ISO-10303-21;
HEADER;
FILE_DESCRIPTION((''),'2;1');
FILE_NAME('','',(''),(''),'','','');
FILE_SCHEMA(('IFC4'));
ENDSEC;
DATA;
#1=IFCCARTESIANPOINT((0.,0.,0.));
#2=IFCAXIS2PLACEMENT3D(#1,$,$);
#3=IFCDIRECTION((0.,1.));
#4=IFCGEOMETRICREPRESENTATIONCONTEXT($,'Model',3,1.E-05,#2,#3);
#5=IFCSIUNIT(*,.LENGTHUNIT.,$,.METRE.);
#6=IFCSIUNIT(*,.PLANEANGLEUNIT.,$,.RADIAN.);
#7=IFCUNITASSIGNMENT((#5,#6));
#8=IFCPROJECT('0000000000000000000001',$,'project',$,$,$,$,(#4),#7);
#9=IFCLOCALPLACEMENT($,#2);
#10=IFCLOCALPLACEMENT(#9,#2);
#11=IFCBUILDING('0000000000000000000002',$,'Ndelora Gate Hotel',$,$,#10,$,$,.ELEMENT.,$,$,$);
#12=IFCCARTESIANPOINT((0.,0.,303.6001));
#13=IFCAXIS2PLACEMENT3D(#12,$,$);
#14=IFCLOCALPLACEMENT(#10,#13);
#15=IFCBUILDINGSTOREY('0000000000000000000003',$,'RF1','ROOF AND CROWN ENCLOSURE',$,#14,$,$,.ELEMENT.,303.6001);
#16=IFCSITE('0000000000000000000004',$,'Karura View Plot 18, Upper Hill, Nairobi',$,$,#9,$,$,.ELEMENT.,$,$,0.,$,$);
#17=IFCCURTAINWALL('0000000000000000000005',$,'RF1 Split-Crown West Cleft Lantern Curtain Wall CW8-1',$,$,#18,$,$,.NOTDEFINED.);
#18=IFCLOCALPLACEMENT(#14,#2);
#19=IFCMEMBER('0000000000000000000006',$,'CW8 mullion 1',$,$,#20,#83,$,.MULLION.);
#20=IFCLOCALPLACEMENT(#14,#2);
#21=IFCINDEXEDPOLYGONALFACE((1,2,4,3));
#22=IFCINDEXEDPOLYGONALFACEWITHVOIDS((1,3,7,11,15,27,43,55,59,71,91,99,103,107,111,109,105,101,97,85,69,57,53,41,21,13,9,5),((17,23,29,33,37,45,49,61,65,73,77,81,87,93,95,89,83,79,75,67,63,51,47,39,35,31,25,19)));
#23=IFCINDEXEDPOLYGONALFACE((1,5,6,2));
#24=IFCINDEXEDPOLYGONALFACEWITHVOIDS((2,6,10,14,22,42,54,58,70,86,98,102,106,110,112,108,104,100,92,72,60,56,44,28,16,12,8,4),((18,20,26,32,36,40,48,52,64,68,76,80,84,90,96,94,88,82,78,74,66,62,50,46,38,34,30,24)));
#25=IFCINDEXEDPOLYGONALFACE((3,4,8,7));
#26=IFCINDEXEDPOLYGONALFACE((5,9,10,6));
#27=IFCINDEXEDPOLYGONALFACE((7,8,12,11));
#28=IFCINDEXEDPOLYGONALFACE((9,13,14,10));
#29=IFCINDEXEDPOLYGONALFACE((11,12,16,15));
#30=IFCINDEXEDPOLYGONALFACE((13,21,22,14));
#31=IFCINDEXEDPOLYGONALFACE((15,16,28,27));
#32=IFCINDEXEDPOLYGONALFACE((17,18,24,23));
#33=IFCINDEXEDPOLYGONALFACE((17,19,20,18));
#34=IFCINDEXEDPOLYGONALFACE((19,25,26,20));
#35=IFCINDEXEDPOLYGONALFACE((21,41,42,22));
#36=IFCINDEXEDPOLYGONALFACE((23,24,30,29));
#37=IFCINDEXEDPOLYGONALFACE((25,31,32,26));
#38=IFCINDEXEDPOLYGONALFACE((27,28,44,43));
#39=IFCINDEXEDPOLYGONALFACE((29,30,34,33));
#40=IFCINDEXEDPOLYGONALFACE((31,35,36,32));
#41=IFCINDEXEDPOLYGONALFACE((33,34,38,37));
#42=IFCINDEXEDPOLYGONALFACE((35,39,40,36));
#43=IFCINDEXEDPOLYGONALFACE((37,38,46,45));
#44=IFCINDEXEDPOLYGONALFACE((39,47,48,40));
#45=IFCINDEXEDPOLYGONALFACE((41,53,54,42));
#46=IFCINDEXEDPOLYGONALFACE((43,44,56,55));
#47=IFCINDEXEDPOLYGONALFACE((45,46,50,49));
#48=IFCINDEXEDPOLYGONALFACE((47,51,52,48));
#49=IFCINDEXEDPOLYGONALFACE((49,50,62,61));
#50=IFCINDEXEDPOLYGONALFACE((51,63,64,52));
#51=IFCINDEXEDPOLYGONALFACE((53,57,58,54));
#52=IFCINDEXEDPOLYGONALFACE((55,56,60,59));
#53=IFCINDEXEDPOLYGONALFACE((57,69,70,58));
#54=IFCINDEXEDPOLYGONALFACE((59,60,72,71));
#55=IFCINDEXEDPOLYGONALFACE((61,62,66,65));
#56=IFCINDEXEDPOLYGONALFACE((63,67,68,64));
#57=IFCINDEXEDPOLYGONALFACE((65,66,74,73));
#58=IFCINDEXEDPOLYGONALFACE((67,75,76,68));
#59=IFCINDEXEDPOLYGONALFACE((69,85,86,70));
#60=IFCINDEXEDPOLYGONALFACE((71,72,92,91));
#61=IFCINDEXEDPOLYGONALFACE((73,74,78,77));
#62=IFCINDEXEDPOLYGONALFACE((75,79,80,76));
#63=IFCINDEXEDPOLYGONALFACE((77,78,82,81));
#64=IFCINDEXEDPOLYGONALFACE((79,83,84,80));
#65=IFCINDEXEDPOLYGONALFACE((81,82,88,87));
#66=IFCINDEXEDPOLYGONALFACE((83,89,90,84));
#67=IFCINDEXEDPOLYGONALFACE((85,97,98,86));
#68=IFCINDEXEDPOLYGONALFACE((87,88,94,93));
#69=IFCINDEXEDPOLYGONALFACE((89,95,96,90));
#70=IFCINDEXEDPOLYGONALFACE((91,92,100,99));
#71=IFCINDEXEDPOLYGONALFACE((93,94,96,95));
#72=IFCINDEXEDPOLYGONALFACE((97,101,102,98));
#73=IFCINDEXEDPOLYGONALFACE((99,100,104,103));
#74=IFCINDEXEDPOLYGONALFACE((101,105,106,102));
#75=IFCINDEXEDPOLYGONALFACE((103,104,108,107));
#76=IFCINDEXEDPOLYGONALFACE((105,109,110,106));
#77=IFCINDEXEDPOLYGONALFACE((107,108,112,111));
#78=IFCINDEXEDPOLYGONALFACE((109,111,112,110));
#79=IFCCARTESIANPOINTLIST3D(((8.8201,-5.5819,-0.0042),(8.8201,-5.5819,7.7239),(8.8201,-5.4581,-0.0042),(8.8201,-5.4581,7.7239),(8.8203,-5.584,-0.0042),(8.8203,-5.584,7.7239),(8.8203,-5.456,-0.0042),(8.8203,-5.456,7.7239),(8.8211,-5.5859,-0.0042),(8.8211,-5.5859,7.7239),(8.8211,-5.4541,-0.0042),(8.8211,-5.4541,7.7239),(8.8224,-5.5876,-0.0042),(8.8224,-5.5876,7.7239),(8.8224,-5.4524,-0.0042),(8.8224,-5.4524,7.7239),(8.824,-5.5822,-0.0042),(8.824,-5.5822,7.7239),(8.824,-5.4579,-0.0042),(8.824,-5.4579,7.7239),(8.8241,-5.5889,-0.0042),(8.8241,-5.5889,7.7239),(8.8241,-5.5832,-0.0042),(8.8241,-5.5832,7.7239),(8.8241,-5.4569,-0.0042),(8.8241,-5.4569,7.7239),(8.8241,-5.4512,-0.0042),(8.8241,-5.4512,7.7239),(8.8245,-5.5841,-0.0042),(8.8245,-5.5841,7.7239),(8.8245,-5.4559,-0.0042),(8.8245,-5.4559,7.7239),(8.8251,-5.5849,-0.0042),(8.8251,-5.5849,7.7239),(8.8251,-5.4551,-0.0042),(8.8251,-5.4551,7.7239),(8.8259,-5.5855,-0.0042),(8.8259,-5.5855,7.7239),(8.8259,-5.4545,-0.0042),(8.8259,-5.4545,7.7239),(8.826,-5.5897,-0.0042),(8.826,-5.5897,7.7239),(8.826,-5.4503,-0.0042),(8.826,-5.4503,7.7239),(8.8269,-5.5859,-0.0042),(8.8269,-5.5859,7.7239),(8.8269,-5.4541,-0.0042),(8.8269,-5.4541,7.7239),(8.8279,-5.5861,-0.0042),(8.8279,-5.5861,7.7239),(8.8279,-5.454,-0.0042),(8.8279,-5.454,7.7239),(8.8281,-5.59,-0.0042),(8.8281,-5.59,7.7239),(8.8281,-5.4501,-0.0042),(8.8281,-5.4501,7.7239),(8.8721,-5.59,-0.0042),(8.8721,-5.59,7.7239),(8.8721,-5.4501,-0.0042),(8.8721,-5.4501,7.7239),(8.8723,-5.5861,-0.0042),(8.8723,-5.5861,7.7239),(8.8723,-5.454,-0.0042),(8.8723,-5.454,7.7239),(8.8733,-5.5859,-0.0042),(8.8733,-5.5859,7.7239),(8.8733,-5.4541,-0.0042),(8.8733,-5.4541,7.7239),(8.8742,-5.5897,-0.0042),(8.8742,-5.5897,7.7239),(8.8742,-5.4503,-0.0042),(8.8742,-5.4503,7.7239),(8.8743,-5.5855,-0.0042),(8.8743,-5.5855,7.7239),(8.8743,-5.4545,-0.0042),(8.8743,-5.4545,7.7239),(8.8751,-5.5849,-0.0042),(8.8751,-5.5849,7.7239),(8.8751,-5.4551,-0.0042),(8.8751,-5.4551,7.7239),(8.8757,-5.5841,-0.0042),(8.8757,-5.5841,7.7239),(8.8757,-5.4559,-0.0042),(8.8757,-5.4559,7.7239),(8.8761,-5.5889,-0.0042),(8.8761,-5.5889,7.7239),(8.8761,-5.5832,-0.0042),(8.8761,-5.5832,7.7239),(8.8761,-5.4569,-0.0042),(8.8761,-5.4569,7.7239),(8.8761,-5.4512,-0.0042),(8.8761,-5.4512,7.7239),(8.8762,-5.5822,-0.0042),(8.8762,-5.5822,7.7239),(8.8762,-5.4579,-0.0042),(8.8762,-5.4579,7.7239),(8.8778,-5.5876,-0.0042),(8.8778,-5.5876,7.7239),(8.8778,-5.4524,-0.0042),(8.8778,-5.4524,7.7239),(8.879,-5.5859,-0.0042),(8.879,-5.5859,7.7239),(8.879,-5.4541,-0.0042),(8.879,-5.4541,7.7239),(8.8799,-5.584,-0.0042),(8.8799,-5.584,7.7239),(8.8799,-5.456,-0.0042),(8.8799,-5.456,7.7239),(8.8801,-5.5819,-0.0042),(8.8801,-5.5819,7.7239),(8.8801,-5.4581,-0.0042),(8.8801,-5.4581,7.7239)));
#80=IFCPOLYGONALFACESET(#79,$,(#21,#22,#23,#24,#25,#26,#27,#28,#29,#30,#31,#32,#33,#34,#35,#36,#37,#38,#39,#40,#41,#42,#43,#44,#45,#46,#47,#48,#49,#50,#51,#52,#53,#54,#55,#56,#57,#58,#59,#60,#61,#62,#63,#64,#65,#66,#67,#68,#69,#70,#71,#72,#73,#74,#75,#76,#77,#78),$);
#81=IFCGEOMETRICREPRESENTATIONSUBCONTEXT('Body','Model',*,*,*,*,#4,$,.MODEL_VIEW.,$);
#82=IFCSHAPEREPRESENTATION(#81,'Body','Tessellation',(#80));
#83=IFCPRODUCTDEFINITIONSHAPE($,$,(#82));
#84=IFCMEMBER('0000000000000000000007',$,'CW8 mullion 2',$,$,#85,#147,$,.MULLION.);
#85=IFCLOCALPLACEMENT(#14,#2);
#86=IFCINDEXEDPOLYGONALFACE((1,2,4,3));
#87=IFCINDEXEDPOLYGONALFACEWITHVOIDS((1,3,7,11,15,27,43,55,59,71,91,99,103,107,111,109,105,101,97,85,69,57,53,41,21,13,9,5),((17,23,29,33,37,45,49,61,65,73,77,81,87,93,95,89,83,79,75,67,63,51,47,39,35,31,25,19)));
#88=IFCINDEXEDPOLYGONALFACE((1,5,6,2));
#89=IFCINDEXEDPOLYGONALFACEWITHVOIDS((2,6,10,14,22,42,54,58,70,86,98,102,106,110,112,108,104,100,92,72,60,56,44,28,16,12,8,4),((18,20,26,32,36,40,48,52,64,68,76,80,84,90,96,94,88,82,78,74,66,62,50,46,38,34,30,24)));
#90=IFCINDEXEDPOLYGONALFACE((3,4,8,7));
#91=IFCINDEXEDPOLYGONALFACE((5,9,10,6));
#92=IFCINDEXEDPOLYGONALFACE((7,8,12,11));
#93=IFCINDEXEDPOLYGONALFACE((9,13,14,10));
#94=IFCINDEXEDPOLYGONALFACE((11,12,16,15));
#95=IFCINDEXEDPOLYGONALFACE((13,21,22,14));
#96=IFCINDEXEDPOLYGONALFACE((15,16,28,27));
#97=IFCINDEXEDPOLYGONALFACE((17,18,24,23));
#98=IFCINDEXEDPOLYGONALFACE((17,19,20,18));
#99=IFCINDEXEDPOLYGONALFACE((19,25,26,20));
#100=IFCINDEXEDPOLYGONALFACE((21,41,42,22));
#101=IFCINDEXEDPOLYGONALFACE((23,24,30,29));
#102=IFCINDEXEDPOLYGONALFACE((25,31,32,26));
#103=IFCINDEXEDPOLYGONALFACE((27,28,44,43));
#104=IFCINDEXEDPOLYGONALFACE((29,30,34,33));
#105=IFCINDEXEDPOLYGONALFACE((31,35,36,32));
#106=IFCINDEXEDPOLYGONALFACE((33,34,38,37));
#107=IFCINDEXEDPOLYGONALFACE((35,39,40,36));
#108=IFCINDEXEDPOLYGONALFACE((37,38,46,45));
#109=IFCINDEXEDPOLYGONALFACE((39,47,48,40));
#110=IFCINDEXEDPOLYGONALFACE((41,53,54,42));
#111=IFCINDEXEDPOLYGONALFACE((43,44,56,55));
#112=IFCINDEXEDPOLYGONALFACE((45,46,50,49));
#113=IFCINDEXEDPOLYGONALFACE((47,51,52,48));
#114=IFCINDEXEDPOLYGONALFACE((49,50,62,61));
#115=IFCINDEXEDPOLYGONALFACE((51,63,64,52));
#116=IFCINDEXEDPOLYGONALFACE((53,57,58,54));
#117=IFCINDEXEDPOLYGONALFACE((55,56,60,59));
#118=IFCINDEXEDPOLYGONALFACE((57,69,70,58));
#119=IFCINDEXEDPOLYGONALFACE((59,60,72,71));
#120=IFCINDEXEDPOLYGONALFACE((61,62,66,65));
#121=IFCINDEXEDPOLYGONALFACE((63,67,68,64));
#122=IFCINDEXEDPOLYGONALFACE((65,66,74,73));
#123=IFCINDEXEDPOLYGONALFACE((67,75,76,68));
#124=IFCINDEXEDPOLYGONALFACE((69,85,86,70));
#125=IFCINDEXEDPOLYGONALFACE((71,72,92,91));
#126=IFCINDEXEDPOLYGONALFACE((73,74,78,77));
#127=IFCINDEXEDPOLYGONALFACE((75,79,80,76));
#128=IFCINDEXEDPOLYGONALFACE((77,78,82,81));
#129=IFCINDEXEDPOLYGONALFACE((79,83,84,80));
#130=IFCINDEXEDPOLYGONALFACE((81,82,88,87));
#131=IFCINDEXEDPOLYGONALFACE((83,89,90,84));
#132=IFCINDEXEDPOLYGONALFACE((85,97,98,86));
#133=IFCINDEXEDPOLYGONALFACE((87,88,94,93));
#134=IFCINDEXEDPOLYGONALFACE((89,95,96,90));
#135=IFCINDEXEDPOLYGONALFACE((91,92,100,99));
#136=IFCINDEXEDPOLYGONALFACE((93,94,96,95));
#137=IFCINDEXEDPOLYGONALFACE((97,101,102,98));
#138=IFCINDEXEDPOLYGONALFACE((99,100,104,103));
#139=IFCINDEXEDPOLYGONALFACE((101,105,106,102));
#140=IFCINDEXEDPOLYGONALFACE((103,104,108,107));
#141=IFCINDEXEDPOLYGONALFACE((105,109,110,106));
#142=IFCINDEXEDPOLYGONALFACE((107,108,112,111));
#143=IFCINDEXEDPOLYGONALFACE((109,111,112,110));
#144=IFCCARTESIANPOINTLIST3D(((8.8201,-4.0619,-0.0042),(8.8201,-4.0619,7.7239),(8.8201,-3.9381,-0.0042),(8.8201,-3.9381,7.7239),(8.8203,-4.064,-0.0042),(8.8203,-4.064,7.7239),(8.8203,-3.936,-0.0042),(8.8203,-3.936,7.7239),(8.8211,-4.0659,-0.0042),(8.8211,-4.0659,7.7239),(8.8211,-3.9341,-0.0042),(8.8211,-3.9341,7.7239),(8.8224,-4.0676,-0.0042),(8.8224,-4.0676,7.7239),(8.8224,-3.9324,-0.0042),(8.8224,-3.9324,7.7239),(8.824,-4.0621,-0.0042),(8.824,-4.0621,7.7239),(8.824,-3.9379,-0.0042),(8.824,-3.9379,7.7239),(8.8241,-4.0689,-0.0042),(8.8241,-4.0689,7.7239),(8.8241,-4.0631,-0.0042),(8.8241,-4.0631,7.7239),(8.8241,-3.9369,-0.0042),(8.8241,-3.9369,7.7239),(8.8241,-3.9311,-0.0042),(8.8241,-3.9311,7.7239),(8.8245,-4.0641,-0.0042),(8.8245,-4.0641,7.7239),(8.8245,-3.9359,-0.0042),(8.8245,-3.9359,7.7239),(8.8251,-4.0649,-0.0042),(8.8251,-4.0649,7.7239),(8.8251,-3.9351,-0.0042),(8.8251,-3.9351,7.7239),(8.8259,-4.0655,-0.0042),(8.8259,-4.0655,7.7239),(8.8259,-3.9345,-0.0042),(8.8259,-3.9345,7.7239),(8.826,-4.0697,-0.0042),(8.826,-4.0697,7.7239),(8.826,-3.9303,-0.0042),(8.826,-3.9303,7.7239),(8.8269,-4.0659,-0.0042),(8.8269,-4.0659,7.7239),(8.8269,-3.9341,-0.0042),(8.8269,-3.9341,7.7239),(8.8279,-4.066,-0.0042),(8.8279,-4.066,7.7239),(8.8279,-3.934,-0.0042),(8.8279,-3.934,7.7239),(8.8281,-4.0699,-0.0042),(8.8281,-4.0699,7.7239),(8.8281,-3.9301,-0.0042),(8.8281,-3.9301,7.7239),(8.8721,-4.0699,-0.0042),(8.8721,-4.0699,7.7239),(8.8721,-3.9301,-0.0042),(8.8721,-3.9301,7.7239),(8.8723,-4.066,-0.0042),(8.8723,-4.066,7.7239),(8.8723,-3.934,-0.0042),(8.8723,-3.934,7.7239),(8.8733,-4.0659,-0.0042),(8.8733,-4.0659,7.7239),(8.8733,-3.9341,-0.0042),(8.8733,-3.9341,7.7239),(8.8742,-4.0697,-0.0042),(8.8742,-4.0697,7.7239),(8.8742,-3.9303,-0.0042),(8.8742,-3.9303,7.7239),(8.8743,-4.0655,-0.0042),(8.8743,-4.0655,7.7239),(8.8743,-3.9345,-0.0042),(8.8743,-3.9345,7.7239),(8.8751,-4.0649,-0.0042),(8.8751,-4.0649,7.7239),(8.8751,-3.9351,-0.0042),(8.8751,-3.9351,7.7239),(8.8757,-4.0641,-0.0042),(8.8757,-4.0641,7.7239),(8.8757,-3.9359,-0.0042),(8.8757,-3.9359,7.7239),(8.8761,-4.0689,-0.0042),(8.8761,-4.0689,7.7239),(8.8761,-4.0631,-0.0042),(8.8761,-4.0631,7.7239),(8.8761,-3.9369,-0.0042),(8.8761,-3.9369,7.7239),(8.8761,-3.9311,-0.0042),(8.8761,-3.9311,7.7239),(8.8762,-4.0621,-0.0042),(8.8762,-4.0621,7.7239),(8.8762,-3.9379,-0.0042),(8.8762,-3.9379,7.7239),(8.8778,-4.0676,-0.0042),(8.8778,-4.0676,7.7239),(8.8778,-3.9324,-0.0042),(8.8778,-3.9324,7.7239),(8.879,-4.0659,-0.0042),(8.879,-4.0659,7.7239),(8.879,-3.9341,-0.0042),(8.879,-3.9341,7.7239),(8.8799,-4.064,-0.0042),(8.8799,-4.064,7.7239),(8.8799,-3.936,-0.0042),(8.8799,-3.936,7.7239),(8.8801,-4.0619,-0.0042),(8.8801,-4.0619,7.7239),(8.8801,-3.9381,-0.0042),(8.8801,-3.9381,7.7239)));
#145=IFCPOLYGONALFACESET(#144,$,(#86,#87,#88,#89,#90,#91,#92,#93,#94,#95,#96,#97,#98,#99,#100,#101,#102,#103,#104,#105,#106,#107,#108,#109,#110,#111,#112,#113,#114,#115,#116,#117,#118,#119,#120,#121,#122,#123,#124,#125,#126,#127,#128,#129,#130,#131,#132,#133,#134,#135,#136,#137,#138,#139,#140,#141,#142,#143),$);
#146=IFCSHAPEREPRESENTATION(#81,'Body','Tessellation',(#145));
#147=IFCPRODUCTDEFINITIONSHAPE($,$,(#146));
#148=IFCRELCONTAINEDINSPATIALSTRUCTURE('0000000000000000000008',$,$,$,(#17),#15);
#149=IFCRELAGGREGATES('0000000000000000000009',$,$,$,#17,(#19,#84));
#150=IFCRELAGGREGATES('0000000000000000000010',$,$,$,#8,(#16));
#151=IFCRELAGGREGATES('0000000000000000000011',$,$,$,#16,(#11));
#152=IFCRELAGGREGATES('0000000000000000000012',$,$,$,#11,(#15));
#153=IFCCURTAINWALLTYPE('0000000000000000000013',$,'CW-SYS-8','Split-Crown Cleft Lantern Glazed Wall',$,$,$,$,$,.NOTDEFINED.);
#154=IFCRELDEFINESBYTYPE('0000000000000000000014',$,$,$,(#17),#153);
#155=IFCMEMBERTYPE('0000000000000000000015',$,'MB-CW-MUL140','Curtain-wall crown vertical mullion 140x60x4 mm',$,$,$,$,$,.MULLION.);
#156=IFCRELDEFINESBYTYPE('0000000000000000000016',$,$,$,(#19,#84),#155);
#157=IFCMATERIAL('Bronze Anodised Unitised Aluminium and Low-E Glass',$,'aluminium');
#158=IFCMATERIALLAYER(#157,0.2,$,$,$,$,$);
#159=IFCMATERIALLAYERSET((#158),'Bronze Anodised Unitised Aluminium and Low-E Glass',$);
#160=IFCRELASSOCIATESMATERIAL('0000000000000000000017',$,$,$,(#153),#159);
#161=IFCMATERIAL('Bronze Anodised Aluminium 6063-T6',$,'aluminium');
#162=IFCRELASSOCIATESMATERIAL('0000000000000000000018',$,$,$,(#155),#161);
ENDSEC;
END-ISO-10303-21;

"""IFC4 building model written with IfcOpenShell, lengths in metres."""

from ifc_helpers import new_model, si_unit, direction, frame, origin, origin_2d, place, context, subcontext, project, spatial, hollow_rectangle, extrude, material, layer, layer_set, material_profile, profile_set, type_object, element, aggregate, save


model = new_model("IFC4")

# Units and contexts
model_context = context("Model", 3, precision=1e-05, world=origin(), true_north=direction((0.0, 1.0)))
body_context = subcontext(model_context, "Body", "Model", "MODEL_VIEW")
ifc_project = project(units=[si_unit("LENGTHUNIT", "METRE"), si_unit("PLANEANGLEUNIT", "RADIAN")], contexts=[model_context])

# Site, building, storey
site_placement = place(None, origin())
site = spatial("IfcSite", under=ifc_project, at=site_placement, Name="Karura View Plot 18, Upper Hill, Nairobi", CompositionType="ELEMENT", RefElevation=0.0)
building_placement = place(site_placement, origin())
building = spatial("IfcBuilding", under=site, at=building_placement, Name="Ndelora Gate Hotel", CompositionType="ELEMENT")
storey_placement = place(building_placement, frame((0.0, 0.0, 303.6001)))
storey = spatial("IfcBuildingStorey", under=building, at=storey_placement, Name="RF1", Description="ROOF AND CROWN ENCLOSURE", CompositionType="ELEMENT", Elevation=303.6001)

# Curtain wall, members
ifc_material_1 = material(Name="Bronze Anodised Unitised Aluminium and Low-E Glass", Category="aluminium")
ifc_layer_1 = layer(ifc_material_1, 0.2)
ifc_layer_set_1 = layer_set([ifc_layer_1], Name="Bronze Anodised Unitised Aluminium and Low-E Glass")
curtain_wall_type = type_object("IfcCurtainWallType", Name="CW-SYS-8", Description="Split-Crown Cleft Lantern Glazed Wall", PredefinedType="NOTDEFINED", material=ifc_layer_set_1)
curtain_wall_1_placement = place(storey_placement, origin())
curtain_wall_1 = element("IfcCurtainWall", 1, at=curtain_wall_1_placement, inside=storey, type_object=curtain_wall_type, Name="RF1 Split-Crown West Cleft Lantern Curtain Wall CW8-1", PredefinedType="NOTDEFINED")
ifc_material_2 = material(Name="Bronze Anodised Aluminium 6063-T6", Category="aluminium")
ifc_material_profile_1 = material_profile(ifc_material_2, hollow_rectangle(XDim=0.0601, YDim=0.1399, WallThickness=0.0039, InnerFilletRadius=0.0039, OuterFilletRadius=0.0081, at=origin_2d()), Name="ALU 140x60x4")
ifc_profile_set_1 = profile_set([ifc_material_profile_1], Name="Bronze Anodised Aluminium 6063-T6")
member_type_1 = type_object("IfcMemberType", Name="MB-CW-MUL140", Description="Curtain-wall crown vertical mullion 140x60x4 mm", PredefinedType="MULLION", material=ifc_profile_set_1)
member_1_placement = place(storey_placement, frame((8.8501, -5.52, -0.0042), z_axis=(0.0, 0.0, 1.0), x_axis=(-1.0, 0.0, 0.0)))
member_1 = element("IfcMember", 2, at=member_1_placement, type_object=member_type_1, Name="CW8 mullion 1", PredefinedType="MULLION", context=body_context, shape_type="SweptSolid", body=[
    extrude(hollow_rectangle(XDim=0.0601, YDim=0.1399, WallThickness=0.0039, InnerFilletRadius=0.0039, OuterFilletRadius=0.0081, at=origin_2d()), origin(), (0.0, 0.0, 1.0), 7.728),
])
member_2_placement = place(storey_placement, frame((8.8501, -4.0, -0.0042), z_axis=(0.0, 0.0, 1.0), x_axis=(-1.0, 0.0, 0.0)))
member_2 = element("IfcMember", 3, at=member_2_placement, type_object=member_type_1, Name="CW8 mullion 2", PredefinedType="MULLION", context=body_context, shape_type="SweptSolid", body=[
    extrude(hollow_rectangle(XDim=0.0601, YDim=0.1399, WallThickness=0.0039, InnerFilletRadius=0.0039, OuterFilletRadius=0.0081, at=origin_2d()), origin(), (0.0, 0.0, 1.0), 7.728),
])

aggregate(curtain_wall_1, [member_1, member_2])

save(model, "model.ifc")
